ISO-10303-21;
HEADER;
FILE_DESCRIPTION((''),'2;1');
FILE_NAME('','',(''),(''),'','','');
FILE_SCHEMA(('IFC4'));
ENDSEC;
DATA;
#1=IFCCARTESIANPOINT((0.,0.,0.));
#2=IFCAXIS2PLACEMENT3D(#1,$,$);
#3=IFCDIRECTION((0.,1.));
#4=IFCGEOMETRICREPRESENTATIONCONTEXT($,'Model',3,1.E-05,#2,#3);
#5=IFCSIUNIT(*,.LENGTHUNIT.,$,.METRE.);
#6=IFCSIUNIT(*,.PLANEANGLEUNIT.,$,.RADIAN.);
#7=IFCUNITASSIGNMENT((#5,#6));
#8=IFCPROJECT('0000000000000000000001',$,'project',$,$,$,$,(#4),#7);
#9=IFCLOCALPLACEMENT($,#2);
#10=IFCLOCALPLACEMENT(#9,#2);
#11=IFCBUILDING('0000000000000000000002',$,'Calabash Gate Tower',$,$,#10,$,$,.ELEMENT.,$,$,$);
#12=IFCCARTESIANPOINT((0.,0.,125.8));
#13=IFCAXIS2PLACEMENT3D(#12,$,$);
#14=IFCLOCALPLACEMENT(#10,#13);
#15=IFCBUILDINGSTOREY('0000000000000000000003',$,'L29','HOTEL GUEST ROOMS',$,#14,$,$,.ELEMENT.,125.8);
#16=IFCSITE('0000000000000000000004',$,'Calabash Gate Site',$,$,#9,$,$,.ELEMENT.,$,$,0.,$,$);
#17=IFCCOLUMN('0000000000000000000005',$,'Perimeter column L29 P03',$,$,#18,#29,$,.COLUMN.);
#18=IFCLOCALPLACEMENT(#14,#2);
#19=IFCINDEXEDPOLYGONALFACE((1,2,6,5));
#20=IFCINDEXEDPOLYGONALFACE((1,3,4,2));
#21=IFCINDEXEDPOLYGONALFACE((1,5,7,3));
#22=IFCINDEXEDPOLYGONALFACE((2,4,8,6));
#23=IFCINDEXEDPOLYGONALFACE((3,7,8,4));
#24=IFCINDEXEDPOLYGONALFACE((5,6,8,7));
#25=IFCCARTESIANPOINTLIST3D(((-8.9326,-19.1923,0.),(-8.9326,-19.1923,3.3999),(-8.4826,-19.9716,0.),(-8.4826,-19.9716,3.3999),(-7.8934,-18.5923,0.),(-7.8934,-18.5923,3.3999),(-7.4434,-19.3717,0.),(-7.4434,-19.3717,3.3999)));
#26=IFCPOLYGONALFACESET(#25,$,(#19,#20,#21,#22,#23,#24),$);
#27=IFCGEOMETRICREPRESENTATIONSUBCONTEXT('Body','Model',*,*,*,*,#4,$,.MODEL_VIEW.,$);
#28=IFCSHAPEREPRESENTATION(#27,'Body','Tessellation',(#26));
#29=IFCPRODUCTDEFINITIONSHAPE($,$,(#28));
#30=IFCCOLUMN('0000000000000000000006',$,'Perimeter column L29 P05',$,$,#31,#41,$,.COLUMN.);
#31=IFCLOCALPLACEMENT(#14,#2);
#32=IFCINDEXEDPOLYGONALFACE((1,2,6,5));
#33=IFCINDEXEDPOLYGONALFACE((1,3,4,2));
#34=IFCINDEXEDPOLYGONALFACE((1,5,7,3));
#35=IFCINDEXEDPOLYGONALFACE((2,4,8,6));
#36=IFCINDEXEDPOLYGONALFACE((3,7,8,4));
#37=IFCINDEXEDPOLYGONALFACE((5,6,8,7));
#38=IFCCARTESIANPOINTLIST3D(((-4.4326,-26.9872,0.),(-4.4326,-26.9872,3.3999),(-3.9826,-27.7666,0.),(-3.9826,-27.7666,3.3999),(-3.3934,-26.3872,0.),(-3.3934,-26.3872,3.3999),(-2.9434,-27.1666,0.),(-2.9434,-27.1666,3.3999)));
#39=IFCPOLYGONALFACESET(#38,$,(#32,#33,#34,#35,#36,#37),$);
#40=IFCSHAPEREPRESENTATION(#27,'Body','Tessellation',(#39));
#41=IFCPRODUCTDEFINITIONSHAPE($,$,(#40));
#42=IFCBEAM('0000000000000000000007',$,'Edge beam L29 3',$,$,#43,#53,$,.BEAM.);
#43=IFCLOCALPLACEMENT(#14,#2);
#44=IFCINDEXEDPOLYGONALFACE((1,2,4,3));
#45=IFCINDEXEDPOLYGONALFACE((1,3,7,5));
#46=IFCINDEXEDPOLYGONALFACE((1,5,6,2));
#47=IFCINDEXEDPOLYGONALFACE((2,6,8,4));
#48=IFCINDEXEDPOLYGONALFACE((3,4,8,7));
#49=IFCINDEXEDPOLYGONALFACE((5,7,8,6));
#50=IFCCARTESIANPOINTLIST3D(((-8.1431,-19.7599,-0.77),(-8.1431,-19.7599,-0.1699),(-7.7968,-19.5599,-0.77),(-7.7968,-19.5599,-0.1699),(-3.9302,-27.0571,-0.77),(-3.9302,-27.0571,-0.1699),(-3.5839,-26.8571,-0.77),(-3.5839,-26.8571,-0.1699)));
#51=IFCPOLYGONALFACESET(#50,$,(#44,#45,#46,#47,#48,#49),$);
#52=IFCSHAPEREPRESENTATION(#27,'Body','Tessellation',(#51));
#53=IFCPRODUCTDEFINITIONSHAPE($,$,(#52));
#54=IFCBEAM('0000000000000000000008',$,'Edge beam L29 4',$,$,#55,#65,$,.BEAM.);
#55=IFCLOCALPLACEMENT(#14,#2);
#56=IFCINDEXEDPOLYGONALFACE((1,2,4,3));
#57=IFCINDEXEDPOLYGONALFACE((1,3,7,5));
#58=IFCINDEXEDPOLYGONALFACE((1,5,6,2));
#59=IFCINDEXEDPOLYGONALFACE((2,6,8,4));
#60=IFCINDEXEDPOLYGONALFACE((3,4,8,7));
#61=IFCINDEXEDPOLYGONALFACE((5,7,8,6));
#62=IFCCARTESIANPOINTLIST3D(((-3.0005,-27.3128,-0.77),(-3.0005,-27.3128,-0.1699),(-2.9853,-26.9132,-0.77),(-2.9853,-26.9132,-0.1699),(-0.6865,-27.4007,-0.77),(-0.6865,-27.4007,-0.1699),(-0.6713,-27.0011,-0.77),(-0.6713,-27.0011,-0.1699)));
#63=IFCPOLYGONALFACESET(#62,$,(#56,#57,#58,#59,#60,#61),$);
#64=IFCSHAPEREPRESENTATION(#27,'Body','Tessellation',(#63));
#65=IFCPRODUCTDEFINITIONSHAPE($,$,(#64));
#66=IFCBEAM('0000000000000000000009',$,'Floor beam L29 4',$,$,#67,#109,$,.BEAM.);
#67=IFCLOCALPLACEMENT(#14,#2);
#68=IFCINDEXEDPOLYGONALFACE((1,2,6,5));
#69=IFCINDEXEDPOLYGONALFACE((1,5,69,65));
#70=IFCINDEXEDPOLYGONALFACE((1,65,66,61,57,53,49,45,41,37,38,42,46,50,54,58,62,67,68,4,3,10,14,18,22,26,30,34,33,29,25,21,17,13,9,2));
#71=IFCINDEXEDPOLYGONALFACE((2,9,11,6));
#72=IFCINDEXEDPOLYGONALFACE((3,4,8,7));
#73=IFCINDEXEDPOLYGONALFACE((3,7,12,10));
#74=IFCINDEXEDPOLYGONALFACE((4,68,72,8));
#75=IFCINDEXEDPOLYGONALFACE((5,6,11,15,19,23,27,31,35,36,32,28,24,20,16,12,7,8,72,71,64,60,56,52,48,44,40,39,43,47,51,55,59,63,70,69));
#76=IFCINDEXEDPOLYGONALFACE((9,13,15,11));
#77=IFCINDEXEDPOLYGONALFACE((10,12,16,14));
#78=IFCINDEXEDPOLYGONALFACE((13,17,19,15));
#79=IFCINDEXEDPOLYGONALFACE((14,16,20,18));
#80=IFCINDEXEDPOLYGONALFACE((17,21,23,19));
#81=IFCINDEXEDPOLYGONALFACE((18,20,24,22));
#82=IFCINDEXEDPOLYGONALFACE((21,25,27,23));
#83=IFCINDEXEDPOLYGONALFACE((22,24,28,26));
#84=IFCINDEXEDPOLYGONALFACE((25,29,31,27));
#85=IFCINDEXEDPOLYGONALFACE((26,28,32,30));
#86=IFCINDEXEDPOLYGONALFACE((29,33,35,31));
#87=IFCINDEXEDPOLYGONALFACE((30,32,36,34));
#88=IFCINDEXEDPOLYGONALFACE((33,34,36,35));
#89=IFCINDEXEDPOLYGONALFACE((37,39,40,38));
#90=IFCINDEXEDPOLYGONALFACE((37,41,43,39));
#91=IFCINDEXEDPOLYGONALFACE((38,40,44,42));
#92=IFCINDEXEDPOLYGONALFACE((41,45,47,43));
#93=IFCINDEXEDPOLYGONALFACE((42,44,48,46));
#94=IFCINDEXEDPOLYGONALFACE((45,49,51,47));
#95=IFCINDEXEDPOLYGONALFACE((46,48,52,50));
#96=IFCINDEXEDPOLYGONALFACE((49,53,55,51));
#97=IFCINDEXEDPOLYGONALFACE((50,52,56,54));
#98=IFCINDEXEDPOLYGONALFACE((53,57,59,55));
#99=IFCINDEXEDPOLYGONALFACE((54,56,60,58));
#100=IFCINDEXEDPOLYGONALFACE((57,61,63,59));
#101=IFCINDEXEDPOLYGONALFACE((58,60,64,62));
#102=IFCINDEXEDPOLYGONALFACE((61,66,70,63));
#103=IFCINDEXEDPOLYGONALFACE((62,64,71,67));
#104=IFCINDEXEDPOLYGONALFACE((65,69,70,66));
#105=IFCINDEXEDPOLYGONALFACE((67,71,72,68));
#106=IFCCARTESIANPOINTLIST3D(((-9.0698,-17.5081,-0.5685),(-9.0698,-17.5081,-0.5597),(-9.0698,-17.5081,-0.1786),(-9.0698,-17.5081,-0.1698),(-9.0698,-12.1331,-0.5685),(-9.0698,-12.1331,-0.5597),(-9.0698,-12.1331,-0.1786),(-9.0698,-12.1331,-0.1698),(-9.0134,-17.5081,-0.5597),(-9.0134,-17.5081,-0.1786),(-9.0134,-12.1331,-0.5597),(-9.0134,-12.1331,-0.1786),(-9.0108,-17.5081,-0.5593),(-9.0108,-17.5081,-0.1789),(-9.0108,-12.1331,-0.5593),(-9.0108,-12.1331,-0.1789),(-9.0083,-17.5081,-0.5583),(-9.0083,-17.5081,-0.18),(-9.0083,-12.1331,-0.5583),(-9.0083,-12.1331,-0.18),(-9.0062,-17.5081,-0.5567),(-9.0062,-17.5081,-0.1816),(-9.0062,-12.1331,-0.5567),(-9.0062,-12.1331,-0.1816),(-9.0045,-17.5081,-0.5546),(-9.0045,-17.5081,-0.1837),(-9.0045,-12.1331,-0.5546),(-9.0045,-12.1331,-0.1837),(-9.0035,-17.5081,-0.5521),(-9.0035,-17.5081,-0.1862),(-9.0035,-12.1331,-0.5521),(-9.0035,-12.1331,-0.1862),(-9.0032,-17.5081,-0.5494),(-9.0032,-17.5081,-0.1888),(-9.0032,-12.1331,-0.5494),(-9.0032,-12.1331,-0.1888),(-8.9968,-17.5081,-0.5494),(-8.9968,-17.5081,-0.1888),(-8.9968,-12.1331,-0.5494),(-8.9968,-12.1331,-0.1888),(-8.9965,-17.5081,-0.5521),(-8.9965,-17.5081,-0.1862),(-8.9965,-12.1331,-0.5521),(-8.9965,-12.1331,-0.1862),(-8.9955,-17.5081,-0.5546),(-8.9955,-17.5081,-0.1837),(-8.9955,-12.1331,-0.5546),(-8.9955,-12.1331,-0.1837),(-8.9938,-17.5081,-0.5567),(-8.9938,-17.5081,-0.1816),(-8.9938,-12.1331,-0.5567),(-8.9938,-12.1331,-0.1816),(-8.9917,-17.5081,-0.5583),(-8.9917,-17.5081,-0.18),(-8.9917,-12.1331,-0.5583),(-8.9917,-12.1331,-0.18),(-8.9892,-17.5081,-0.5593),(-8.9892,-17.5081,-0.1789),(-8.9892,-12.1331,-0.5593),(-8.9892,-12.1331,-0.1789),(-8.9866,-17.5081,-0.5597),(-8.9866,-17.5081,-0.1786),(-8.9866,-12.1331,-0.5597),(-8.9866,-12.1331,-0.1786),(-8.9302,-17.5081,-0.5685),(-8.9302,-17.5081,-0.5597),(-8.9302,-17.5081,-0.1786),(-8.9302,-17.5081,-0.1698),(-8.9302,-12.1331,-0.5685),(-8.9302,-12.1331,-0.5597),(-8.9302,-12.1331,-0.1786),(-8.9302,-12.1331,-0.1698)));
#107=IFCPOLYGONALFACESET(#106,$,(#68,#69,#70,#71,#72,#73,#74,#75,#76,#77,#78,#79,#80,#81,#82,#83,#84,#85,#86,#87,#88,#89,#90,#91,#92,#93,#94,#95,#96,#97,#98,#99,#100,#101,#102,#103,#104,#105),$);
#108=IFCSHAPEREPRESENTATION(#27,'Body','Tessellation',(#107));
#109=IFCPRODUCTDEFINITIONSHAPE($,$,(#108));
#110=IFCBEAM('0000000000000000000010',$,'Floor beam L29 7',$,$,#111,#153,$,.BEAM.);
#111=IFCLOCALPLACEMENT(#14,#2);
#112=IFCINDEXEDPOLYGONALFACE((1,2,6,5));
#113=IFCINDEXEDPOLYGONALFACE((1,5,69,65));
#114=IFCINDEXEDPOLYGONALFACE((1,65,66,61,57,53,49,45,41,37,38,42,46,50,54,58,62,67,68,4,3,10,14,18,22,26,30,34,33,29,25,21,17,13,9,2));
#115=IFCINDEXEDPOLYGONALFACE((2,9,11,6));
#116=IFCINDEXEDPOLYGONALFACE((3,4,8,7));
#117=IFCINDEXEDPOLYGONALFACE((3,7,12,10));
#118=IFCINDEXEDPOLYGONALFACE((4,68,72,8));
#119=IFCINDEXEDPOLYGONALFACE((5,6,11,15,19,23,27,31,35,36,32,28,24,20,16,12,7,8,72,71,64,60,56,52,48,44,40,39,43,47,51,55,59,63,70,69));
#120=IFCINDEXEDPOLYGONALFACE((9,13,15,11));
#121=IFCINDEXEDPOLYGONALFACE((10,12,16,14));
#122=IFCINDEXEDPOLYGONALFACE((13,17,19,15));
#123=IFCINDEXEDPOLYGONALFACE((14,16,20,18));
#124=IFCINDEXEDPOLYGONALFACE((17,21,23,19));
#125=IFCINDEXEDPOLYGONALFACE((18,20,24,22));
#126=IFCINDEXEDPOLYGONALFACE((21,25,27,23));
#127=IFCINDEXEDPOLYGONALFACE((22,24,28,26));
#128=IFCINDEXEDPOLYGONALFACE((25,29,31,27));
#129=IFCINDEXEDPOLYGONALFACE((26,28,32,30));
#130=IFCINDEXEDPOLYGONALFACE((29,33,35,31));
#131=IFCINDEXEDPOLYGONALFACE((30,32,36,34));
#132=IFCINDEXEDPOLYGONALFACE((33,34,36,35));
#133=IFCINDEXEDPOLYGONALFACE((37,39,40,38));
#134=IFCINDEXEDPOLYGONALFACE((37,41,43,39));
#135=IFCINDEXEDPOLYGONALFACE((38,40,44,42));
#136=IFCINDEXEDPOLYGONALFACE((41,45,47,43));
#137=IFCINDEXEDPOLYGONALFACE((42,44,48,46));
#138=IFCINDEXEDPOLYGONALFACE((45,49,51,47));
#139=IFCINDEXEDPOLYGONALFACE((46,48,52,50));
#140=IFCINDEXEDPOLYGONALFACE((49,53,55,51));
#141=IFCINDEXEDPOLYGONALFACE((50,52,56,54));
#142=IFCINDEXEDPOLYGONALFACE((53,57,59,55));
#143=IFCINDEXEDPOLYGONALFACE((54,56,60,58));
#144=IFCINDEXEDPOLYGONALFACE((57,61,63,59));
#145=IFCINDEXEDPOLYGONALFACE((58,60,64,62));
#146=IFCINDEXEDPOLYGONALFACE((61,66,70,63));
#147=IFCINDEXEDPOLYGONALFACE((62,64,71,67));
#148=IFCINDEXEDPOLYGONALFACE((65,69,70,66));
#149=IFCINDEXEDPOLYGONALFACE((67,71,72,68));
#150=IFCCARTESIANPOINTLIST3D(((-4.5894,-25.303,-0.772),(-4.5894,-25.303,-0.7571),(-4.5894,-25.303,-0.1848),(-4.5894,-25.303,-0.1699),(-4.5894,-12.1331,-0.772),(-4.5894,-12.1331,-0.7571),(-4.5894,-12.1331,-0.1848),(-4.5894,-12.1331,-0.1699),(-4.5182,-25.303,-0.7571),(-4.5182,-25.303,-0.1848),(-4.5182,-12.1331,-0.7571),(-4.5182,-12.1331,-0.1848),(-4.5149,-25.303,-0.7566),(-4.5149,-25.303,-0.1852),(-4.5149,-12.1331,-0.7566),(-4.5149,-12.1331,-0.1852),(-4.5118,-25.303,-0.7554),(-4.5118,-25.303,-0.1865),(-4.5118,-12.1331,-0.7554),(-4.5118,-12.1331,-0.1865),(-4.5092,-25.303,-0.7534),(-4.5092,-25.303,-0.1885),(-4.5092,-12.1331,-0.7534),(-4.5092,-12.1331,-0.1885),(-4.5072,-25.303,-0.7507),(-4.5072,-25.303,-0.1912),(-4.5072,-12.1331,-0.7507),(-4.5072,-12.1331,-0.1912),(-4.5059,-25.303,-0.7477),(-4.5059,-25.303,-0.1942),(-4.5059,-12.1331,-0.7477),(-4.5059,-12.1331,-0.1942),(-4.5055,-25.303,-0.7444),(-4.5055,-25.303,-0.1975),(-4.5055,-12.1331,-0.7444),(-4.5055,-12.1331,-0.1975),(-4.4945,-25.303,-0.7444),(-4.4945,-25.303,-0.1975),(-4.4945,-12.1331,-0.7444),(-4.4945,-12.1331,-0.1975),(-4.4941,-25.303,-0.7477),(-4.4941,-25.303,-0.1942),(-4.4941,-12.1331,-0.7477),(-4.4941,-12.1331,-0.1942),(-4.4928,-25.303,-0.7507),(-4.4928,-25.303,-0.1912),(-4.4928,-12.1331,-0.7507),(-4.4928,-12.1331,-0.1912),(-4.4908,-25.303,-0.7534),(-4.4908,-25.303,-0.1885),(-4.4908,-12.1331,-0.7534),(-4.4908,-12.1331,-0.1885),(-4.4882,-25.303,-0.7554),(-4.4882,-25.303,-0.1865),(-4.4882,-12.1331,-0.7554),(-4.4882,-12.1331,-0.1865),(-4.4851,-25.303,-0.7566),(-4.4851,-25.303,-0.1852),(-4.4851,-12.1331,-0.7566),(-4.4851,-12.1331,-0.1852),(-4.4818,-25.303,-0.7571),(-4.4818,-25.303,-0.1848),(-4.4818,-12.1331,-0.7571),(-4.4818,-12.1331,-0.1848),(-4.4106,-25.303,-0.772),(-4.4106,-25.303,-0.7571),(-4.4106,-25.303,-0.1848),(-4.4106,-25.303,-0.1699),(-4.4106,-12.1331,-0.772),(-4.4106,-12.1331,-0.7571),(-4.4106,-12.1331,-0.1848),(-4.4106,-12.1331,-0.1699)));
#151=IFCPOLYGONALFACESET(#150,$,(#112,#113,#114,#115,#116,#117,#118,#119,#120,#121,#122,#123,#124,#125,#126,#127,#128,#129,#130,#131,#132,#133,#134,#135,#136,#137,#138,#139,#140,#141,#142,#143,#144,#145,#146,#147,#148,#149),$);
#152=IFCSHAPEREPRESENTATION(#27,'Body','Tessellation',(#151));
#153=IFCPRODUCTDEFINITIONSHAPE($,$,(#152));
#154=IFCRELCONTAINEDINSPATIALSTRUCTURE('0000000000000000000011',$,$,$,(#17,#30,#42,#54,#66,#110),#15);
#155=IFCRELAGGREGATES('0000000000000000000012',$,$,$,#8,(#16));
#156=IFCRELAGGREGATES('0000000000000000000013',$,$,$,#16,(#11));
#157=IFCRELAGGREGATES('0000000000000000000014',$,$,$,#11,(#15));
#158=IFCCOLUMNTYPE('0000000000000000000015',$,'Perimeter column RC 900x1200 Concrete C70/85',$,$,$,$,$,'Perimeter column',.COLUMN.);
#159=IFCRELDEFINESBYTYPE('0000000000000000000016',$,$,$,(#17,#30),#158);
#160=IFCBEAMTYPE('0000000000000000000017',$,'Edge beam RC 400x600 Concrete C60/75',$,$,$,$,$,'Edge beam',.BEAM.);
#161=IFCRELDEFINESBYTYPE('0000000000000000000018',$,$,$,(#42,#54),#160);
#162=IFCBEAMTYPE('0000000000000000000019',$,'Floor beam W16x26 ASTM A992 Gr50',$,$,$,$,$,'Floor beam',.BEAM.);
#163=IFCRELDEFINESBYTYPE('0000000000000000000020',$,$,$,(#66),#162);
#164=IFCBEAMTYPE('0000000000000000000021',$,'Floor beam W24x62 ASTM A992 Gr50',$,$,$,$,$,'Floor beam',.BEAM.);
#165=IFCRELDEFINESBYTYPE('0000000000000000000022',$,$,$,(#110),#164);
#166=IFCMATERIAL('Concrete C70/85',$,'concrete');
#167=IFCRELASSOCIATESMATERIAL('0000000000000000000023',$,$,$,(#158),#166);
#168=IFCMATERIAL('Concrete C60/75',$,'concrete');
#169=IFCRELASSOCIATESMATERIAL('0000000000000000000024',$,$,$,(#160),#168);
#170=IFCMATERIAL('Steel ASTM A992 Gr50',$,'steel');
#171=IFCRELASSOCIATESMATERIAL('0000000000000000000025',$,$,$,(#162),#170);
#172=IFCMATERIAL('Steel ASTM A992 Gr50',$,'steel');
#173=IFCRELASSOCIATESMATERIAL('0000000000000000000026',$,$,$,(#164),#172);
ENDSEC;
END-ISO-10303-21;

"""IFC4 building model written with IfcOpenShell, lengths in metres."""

from ifc_helpers import new_model, si_unit, direction, frame, origin, origin_2d, place, context, subcontext, project, spatial, rectangle, i_section, extrude, material, material_profile, profile_set, type_object, element, save


model = new_model("IFC4")

# Units and contexts
model_context = context("Model", 3, precision=1e-05, world=origin(), true_north=direction((0.0, 1.0)))
body_context = subcontext(model_context, "Body", "Model", "MODEL_VIEW")
ifc_project = project(units=[si_unit("LENGTHUNIT", "METRE"), si_unit("PLANEANGLEUNIT", "RADIAN")], contexts=[model_context])

# Site, building, storey
site_placement = place(None, origin())
site = spatial("IfcSite", under=ifc_project, at=site_placement, Name="Calabash Gate Site", CompositionType="ELEMENT", RefElevation=0.0)
building_placement = place(site_placement, origin())
building = spatial("IfcBuilding", under=site, at=building_placement, Name="Calabash Gate Tower", CompositionType="ELEMENT")
storey_placement = place(building_placement, frame((0.0, 0.0, 125.8)))
storey = spatial("IfcBuildingStorey", under=building, at=storey_placement, Name="L29", Description="HOTEL GUEST ROOMS", CompositionType="ELEMENT", Elevation=125.8)

# Columns
ifc_material_1 = material(Name="Concrete C70/85", Category="concrete")
ifc_material_profile_1 = material_profile(ifc_material_1, rectangle(XDim=0.8999, YDim=1.2, at=origin_2d()))
ifc_profile_set_1 = profile_set([ifc_material_profile_1], Name="Concrete C70/85")
column_type = type_object("IfcColumnType", Name="Perimeter column RC 900x1200 Concrete C70/85", ElementType="Perimeter column", PredefinedType="COLUMN", material=ifc_profile_set_1)
for number, where, z_axis, x_axis, name in (
    (1, (-8.188, -19.282, 0.0), (0.0, 0.0, 1.0), (0.5, -0.866025, 0.0), "Perimeter column L29 P03"),
    (2, (-3.688, -27.0769, 0.0), (0.0, 0.0, 1.0), (0.5, -0.866025, 0.0), "Perimeter column L29 P05"),
):
    element("IfcColumn", number, at=place(storey_placement, frame(where, z_axis=z_axis, x_axis=x_axis)), inside=storey, type_object=column_type, Name=name, PredefinedType="COLUMN", context=body_context, shape_type="SweptSolid", body=[
        extrude(rectangle(XDim=0.8999, YDim=1.2, at=origin_2d()), origin(), (0.0, 0.0, 1.0), 3.3999),
    ])

# Beams
ifc_material_2 = material(Name="Concrete C60/75", Category="concrete")
ifc_material_profile_2 = material_profile(ifc_material_2, rectangle(XDim=0.3999, YDim=0.6001, at=origin_2d()))
ifc_profile_set_2 = profile_set([ifc_material_profile_2], Name="Concrete C60/75")
beam_type_1 = type_object("IfcBeamType", Name="Edge beam RC 400x600 Concrete C60/75", ElementType="Edge beam", PredefinedType="BEAM", material=ifc_profile_set_2)
beam_1_placement = place(storey_placement, frame((-7.97, -19.6599, -0.47), z_axis=(0.499991, -0.866031, 0.0), x_axis=(0.866031, 0.499991, 0.0)))
element("IfcBeam", 3, at=beam_1_placement, inside=storey, type_object=beam_type_1, Name="Edge beam L29 3", PredefinedType="BEAM", context=body_context, shape_type="SweptSolid", body=[
    extrude(rectangle(XDim=0.3999, YDim=0.6001, at=origin_2d()), origin(), (0.0, 0.0, 1.0), 8.426),
])
beam_2_placement = place(storey_placement, frame((-2.9929, -27.113, -0.47), z_axis=(0.999279, -0.037955, 0.0), x_axis=(0.037955, 0.999279, 0.0)))
element("IfcBeam", 4, at=beam_2_placement, inside=storey, type_object=beam_type_1, Name="Edge beam L29 4", PredefinedType="BEAM", context=body_context, shape_type="SweptSolid", body=[
    extrude(rectangle(XDim=0.3999, YDim=0.6001, at=origin_2d()), origin(), (0.0, 0.0, 1.0), 2.3157),
])
ifc_material_3 = material(Name="Steel ASTM A992 Gr50", Category="steel")
ifc_material_profile_3 = material_profile(ifc_material_3, i_section(OverallWidth=0.1396, OverallDepth=0.3987, WebThickness=0.0063, FlangeThickness=0.0088, FilletRadius=0.0103, at=origin_2d()))
ifc_profile_set_3 = profile_set([ifc_material_profile_3], Name="Steel ASTM A992 Gr50")
beam_type_2 = type_object("IfcBeamType", Name="Floor beam W16x26 ASTM A992 Gr50", ElementType="Floor beam", PredefinedType="BEAM", material=ifc_profile_set_3)
beam_3_placement = place(storey_placement, frame((-9.0, -17.5081, -0.3691), z_axis=(0.0, 1.0, 0.0), x_axis=(-1.0, 0.0, 0.0)))
element("IfcBeam", 5, at=beam_3_placement, inside=storey, type_object=beam_type_2, Name="Floor beam L29 4", PredefinedType="BEAM", context=body_context, shape_type="SweptSolid", body=[
    extrude(i_section(OverallWidth=0.1396, OverallDepth=0.3987, WebThickness=0.0063, FlangeThickness=0.0088, FilletRadius=0.0103, at=origin_2d()), origin(), (0.0, 0.0, 1.0), 5.375),
])
ifc_material_4 = material(Name="Steel ASTM A992 Gr50", Category="steel")
ifc_material_profile_4 = material_profile(ifc_material_4, i_section(OverallWidth=0.1787, OverallDepth=0.6021, WebThickness=0.011, FlangeThickness=0.0149, FilletRadius=0.0127, at=origin_2d()))
ifc_profile_set_4 = profile_set([ifc_material_profile_4], Name="Steel ASTM A992 Gr50")
beam_type_3 = type_object("IfcBeamType", Name="Floor beam W24x62 ASTM A992 Gr50", ElementType="Floor beam", PredefinedType="BEAM", material=ifc_profile_set_4)
beam_4_placement = place(storey_placement, frame((-4.5, -25.303, -0.4709), z_axis=(0.0, 1.0, 0.0), x_axis=(-1.0, 0.0, 0.0)))
element("IfcBeam", 6, at=beam_4_placement, inside=storey, type_object=beam_type_3, Name="Floor beam L29 7", PredefinedType="BEAM", context=body_context, shape_type="SweptSolid", body=[
    extrude(i_section(OverallWidth=0.1787, OverallDepth=0.6021, WebThickness=0.011, FlangeThickness=0.0149, FilletRadius=0.0127, at=origin_2d()), origin(), (0.0, 0.0, 1.0), 13.1699),
])

save(model, "model.ifc")
